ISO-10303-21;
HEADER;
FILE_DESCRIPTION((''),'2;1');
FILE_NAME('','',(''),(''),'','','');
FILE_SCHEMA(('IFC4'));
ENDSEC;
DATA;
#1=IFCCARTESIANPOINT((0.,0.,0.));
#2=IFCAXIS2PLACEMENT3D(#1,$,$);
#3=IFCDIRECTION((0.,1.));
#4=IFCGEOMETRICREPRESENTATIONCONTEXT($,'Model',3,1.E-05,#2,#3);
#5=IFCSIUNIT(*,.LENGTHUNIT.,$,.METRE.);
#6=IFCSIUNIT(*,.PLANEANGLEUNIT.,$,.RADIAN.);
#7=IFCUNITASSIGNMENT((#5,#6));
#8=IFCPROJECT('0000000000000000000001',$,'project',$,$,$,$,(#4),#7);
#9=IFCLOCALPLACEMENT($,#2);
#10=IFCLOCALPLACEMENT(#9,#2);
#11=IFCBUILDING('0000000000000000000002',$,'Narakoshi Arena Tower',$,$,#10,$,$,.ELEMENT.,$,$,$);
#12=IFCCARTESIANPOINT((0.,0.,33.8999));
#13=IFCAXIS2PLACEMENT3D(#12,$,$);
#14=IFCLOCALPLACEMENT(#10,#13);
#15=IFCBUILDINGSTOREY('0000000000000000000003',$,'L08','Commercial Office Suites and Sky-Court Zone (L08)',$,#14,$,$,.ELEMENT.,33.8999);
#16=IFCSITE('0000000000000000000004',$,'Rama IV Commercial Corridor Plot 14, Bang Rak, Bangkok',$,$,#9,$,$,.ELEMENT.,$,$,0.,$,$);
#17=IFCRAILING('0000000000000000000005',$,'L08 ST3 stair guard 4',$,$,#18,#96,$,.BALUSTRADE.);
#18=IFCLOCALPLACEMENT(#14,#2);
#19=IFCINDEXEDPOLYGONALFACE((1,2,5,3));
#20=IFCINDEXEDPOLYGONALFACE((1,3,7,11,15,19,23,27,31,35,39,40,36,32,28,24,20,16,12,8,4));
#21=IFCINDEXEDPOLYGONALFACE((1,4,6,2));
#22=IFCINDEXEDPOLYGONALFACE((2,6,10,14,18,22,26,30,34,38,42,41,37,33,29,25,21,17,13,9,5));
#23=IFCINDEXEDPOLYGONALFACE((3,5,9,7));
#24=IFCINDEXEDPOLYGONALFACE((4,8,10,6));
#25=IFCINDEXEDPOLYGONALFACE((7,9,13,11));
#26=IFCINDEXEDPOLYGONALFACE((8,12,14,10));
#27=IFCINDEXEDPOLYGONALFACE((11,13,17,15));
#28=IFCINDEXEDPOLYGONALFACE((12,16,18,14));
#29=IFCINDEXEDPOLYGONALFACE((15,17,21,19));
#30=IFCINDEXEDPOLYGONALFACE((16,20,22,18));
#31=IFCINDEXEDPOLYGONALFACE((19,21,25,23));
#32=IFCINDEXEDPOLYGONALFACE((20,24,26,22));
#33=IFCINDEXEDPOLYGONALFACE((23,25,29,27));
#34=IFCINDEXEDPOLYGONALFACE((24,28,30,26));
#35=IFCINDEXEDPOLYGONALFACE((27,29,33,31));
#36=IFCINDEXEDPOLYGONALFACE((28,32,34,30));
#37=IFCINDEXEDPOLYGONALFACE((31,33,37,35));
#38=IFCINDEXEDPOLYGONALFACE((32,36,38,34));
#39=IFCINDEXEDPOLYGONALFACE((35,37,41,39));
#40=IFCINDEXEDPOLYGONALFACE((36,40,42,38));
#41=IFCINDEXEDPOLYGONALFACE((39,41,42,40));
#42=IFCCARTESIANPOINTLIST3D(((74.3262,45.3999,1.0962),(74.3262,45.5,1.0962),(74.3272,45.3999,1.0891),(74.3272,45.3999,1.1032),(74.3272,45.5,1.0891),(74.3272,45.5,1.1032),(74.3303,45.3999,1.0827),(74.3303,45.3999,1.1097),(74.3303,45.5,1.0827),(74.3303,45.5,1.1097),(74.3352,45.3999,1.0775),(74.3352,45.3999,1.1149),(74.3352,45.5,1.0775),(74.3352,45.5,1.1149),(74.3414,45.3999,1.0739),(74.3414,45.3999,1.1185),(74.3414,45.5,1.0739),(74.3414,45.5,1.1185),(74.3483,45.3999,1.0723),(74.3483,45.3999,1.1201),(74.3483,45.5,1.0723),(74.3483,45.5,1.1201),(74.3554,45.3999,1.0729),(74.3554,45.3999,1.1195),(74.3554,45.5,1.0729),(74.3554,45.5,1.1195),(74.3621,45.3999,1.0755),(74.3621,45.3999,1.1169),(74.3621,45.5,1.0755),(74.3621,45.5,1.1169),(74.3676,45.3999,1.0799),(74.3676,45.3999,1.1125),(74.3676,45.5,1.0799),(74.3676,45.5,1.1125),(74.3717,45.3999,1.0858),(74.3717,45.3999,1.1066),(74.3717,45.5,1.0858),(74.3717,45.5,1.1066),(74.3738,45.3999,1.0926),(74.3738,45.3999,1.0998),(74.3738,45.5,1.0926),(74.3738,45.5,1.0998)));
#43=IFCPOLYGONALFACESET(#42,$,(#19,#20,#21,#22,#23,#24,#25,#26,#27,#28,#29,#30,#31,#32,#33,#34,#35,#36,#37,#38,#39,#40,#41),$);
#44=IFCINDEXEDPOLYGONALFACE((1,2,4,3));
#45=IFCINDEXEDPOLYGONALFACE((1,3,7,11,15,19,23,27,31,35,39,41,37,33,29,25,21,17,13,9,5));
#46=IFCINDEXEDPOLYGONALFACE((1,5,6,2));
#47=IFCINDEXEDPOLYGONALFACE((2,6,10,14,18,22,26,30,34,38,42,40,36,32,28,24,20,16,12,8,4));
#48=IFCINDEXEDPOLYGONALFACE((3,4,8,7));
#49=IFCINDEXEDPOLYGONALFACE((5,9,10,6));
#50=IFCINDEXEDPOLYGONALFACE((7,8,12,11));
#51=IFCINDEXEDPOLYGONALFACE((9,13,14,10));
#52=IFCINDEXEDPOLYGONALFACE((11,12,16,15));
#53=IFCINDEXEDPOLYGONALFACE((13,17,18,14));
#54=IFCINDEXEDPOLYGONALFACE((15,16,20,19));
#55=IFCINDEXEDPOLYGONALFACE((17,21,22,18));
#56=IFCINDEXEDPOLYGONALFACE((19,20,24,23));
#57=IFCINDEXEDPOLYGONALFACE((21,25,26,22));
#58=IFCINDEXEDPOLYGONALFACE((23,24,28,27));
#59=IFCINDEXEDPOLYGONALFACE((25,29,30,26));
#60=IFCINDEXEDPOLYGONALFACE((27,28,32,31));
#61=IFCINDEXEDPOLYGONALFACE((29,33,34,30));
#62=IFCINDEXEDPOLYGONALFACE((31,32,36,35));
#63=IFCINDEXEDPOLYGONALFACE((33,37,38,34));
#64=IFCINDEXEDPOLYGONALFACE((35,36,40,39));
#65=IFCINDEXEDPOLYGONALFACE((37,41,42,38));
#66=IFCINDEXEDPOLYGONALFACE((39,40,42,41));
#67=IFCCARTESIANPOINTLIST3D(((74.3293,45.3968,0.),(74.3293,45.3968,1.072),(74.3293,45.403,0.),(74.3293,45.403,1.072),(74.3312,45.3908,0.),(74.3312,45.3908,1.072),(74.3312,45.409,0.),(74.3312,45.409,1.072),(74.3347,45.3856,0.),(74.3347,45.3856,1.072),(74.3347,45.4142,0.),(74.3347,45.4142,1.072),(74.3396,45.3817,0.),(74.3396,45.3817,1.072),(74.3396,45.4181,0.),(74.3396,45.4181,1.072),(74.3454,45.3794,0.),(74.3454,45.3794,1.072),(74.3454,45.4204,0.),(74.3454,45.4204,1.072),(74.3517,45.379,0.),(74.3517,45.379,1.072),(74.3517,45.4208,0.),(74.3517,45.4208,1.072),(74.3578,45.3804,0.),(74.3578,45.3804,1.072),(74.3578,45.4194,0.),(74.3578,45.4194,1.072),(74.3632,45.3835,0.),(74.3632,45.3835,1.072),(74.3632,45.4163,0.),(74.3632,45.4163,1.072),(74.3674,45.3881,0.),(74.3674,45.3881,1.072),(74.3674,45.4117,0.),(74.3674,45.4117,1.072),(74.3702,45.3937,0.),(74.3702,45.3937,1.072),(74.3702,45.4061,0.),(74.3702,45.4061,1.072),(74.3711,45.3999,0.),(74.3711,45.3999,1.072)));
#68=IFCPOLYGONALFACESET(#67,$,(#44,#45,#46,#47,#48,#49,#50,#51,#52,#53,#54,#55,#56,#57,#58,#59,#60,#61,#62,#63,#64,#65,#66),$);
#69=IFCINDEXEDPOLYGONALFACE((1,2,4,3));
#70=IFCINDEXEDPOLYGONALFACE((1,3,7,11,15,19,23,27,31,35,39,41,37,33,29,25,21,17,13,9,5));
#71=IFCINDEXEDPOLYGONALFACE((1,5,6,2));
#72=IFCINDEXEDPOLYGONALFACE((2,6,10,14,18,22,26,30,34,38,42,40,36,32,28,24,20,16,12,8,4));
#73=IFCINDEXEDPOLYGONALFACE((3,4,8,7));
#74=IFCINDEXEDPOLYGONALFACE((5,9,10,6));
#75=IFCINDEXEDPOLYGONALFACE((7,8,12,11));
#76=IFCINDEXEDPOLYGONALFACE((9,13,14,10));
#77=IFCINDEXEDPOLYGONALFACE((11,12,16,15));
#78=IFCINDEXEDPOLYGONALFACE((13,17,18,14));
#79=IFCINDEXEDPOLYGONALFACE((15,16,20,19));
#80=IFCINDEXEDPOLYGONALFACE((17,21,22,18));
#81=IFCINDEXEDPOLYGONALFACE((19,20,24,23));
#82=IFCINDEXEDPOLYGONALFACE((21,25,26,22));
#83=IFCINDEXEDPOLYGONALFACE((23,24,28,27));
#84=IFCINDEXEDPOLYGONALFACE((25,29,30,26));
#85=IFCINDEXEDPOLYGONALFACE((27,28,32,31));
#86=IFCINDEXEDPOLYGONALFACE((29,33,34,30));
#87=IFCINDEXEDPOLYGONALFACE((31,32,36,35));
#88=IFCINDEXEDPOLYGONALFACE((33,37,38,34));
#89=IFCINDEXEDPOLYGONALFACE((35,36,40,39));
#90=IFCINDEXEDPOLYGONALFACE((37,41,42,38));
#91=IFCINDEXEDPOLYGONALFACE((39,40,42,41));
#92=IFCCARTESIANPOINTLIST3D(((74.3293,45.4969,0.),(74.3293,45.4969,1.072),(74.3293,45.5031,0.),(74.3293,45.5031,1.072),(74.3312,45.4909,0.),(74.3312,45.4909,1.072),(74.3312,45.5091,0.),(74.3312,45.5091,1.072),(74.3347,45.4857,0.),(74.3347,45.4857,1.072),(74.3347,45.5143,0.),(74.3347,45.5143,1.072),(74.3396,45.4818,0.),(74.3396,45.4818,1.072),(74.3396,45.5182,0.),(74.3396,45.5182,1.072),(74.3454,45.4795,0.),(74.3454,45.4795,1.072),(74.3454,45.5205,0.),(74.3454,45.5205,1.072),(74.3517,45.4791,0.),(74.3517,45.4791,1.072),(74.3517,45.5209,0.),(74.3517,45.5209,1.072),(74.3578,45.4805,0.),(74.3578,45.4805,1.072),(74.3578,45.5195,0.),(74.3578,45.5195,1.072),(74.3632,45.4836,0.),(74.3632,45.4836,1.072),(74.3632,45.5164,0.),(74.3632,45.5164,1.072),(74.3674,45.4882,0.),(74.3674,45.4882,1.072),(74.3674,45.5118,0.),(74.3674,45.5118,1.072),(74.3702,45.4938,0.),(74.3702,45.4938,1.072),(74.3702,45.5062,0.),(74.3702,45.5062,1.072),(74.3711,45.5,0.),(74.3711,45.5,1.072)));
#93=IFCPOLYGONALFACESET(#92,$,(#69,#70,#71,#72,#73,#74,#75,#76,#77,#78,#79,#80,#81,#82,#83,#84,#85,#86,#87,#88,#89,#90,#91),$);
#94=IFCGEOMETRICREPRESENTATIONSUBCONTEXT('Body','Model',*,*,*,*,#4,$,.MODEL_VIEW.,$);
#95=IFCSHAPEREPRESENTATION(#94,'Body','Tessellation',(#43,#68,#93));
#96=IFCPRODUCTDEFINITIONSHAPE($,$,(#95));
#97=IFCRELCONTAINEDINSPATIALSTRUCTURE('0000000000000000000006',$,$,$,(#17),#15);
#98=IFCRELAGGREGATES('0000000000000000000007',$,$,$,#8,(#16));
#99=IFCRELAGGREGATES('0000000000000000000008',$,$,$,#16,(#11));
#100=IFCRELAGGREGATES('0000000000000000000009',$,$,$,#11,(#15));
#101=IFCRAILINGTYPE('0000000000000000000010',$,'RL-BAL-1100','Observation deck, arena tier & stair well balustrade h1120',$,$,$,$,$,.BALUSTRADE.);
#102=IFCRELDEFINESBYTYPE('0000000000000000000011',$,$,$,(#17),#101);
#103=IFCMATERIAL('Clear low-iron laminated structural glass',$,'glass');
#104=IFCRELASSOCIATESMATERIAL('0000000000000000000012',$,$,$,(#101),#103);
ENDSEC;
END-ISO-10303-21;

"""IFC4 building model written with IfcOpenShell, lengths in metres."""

from ifc_helpers import new_model, si_unit, direction, frame, origin, origin_2d, place, context, subcontext, project, spatial, circle, extrude, material, type_object, element, save


model = new_model("IFC4")

# Units and contexts
model_context = context("Model", 3, precision=1e-05, world=origin(), true_north=direction((0.0, 1.0)))
body_context = subcontext(model_context, "Body", "Model", "MODEL_VIEW")
ifc_project = project(units=[si_unit("LENGTHUNIT", "METRE"), si_unit("PLANEANGLEUNIT", "RADIAN")], contexts=[model_context])

# Site, building, storey
site_placement = place(None, origin())
site = spatial("IfcSite", under=ifc_project, at=site_placement, Name="Rama IV Commercial Corridor Plot 14, Bang Rak, Bangkok", CompositionType="ELEMENT", RefElevation=0.0)
building_placement = place(site_placement, origin())
building = spatial("IfcBuilding", under=site, at=building_placement, Name="Narakoshi Arena Tower", CompositionType="ELEMENT")
storey_placement = place(building_placement, frame((0.0, 0.0, 33.8999)))
storey = spatial("IfcBuildingStorey", under=building, at=storey_placement, Name="L08", Description="Commercial Office Suites and Sky-Court Zone (L08)", CompositionType="ELEMENT", Elevation=33.8999)

# Railing
ifc_material_1 = material(Name="Clear low-iron laminated structural glass", Category="glass")
railing_type_1 = type_object("IfcRailingType", Name="RL-BAL-1100", Description="Observation deck, arena tier & stair well balustrade h1120", PredefinedType="BALUSTRADE", material=ifc_material_1)
for number, where, name in (
    (1, (74.3501, 45.3999, 0.0), "L08 ST3 stair guard 4"),
):
    element("IfcRailing", number, at=place(storey_placement, frame(where)), inside=storey, type_object=railing_type_1, Name=name, PredefinedType="BALUSTRADE", context=body_context, shape_type="SweptSolid", body=[
        extrude(circle(Radius=0.0239, at=origin_2d()), frame((0.0, 0.0, 1.0962), z_axis=(0.0, 1.0, 0.0), x_axis=(-1.0, 0.0, 0.0)), (0.0, 0.0, 1.0), 0.1001),
        extrude(circle(Radius=0.021, at=origin_2d()), origin(), (0.0, 0.0, 1.0), 1.072),
        extrude(circle(Radius=0.021, at=origin_2d()), frame((0.0, 0.1001, 0.0)), (0.0, 0.0, 1.0), 1.072),
    ])

save(model, "model.ifc")
